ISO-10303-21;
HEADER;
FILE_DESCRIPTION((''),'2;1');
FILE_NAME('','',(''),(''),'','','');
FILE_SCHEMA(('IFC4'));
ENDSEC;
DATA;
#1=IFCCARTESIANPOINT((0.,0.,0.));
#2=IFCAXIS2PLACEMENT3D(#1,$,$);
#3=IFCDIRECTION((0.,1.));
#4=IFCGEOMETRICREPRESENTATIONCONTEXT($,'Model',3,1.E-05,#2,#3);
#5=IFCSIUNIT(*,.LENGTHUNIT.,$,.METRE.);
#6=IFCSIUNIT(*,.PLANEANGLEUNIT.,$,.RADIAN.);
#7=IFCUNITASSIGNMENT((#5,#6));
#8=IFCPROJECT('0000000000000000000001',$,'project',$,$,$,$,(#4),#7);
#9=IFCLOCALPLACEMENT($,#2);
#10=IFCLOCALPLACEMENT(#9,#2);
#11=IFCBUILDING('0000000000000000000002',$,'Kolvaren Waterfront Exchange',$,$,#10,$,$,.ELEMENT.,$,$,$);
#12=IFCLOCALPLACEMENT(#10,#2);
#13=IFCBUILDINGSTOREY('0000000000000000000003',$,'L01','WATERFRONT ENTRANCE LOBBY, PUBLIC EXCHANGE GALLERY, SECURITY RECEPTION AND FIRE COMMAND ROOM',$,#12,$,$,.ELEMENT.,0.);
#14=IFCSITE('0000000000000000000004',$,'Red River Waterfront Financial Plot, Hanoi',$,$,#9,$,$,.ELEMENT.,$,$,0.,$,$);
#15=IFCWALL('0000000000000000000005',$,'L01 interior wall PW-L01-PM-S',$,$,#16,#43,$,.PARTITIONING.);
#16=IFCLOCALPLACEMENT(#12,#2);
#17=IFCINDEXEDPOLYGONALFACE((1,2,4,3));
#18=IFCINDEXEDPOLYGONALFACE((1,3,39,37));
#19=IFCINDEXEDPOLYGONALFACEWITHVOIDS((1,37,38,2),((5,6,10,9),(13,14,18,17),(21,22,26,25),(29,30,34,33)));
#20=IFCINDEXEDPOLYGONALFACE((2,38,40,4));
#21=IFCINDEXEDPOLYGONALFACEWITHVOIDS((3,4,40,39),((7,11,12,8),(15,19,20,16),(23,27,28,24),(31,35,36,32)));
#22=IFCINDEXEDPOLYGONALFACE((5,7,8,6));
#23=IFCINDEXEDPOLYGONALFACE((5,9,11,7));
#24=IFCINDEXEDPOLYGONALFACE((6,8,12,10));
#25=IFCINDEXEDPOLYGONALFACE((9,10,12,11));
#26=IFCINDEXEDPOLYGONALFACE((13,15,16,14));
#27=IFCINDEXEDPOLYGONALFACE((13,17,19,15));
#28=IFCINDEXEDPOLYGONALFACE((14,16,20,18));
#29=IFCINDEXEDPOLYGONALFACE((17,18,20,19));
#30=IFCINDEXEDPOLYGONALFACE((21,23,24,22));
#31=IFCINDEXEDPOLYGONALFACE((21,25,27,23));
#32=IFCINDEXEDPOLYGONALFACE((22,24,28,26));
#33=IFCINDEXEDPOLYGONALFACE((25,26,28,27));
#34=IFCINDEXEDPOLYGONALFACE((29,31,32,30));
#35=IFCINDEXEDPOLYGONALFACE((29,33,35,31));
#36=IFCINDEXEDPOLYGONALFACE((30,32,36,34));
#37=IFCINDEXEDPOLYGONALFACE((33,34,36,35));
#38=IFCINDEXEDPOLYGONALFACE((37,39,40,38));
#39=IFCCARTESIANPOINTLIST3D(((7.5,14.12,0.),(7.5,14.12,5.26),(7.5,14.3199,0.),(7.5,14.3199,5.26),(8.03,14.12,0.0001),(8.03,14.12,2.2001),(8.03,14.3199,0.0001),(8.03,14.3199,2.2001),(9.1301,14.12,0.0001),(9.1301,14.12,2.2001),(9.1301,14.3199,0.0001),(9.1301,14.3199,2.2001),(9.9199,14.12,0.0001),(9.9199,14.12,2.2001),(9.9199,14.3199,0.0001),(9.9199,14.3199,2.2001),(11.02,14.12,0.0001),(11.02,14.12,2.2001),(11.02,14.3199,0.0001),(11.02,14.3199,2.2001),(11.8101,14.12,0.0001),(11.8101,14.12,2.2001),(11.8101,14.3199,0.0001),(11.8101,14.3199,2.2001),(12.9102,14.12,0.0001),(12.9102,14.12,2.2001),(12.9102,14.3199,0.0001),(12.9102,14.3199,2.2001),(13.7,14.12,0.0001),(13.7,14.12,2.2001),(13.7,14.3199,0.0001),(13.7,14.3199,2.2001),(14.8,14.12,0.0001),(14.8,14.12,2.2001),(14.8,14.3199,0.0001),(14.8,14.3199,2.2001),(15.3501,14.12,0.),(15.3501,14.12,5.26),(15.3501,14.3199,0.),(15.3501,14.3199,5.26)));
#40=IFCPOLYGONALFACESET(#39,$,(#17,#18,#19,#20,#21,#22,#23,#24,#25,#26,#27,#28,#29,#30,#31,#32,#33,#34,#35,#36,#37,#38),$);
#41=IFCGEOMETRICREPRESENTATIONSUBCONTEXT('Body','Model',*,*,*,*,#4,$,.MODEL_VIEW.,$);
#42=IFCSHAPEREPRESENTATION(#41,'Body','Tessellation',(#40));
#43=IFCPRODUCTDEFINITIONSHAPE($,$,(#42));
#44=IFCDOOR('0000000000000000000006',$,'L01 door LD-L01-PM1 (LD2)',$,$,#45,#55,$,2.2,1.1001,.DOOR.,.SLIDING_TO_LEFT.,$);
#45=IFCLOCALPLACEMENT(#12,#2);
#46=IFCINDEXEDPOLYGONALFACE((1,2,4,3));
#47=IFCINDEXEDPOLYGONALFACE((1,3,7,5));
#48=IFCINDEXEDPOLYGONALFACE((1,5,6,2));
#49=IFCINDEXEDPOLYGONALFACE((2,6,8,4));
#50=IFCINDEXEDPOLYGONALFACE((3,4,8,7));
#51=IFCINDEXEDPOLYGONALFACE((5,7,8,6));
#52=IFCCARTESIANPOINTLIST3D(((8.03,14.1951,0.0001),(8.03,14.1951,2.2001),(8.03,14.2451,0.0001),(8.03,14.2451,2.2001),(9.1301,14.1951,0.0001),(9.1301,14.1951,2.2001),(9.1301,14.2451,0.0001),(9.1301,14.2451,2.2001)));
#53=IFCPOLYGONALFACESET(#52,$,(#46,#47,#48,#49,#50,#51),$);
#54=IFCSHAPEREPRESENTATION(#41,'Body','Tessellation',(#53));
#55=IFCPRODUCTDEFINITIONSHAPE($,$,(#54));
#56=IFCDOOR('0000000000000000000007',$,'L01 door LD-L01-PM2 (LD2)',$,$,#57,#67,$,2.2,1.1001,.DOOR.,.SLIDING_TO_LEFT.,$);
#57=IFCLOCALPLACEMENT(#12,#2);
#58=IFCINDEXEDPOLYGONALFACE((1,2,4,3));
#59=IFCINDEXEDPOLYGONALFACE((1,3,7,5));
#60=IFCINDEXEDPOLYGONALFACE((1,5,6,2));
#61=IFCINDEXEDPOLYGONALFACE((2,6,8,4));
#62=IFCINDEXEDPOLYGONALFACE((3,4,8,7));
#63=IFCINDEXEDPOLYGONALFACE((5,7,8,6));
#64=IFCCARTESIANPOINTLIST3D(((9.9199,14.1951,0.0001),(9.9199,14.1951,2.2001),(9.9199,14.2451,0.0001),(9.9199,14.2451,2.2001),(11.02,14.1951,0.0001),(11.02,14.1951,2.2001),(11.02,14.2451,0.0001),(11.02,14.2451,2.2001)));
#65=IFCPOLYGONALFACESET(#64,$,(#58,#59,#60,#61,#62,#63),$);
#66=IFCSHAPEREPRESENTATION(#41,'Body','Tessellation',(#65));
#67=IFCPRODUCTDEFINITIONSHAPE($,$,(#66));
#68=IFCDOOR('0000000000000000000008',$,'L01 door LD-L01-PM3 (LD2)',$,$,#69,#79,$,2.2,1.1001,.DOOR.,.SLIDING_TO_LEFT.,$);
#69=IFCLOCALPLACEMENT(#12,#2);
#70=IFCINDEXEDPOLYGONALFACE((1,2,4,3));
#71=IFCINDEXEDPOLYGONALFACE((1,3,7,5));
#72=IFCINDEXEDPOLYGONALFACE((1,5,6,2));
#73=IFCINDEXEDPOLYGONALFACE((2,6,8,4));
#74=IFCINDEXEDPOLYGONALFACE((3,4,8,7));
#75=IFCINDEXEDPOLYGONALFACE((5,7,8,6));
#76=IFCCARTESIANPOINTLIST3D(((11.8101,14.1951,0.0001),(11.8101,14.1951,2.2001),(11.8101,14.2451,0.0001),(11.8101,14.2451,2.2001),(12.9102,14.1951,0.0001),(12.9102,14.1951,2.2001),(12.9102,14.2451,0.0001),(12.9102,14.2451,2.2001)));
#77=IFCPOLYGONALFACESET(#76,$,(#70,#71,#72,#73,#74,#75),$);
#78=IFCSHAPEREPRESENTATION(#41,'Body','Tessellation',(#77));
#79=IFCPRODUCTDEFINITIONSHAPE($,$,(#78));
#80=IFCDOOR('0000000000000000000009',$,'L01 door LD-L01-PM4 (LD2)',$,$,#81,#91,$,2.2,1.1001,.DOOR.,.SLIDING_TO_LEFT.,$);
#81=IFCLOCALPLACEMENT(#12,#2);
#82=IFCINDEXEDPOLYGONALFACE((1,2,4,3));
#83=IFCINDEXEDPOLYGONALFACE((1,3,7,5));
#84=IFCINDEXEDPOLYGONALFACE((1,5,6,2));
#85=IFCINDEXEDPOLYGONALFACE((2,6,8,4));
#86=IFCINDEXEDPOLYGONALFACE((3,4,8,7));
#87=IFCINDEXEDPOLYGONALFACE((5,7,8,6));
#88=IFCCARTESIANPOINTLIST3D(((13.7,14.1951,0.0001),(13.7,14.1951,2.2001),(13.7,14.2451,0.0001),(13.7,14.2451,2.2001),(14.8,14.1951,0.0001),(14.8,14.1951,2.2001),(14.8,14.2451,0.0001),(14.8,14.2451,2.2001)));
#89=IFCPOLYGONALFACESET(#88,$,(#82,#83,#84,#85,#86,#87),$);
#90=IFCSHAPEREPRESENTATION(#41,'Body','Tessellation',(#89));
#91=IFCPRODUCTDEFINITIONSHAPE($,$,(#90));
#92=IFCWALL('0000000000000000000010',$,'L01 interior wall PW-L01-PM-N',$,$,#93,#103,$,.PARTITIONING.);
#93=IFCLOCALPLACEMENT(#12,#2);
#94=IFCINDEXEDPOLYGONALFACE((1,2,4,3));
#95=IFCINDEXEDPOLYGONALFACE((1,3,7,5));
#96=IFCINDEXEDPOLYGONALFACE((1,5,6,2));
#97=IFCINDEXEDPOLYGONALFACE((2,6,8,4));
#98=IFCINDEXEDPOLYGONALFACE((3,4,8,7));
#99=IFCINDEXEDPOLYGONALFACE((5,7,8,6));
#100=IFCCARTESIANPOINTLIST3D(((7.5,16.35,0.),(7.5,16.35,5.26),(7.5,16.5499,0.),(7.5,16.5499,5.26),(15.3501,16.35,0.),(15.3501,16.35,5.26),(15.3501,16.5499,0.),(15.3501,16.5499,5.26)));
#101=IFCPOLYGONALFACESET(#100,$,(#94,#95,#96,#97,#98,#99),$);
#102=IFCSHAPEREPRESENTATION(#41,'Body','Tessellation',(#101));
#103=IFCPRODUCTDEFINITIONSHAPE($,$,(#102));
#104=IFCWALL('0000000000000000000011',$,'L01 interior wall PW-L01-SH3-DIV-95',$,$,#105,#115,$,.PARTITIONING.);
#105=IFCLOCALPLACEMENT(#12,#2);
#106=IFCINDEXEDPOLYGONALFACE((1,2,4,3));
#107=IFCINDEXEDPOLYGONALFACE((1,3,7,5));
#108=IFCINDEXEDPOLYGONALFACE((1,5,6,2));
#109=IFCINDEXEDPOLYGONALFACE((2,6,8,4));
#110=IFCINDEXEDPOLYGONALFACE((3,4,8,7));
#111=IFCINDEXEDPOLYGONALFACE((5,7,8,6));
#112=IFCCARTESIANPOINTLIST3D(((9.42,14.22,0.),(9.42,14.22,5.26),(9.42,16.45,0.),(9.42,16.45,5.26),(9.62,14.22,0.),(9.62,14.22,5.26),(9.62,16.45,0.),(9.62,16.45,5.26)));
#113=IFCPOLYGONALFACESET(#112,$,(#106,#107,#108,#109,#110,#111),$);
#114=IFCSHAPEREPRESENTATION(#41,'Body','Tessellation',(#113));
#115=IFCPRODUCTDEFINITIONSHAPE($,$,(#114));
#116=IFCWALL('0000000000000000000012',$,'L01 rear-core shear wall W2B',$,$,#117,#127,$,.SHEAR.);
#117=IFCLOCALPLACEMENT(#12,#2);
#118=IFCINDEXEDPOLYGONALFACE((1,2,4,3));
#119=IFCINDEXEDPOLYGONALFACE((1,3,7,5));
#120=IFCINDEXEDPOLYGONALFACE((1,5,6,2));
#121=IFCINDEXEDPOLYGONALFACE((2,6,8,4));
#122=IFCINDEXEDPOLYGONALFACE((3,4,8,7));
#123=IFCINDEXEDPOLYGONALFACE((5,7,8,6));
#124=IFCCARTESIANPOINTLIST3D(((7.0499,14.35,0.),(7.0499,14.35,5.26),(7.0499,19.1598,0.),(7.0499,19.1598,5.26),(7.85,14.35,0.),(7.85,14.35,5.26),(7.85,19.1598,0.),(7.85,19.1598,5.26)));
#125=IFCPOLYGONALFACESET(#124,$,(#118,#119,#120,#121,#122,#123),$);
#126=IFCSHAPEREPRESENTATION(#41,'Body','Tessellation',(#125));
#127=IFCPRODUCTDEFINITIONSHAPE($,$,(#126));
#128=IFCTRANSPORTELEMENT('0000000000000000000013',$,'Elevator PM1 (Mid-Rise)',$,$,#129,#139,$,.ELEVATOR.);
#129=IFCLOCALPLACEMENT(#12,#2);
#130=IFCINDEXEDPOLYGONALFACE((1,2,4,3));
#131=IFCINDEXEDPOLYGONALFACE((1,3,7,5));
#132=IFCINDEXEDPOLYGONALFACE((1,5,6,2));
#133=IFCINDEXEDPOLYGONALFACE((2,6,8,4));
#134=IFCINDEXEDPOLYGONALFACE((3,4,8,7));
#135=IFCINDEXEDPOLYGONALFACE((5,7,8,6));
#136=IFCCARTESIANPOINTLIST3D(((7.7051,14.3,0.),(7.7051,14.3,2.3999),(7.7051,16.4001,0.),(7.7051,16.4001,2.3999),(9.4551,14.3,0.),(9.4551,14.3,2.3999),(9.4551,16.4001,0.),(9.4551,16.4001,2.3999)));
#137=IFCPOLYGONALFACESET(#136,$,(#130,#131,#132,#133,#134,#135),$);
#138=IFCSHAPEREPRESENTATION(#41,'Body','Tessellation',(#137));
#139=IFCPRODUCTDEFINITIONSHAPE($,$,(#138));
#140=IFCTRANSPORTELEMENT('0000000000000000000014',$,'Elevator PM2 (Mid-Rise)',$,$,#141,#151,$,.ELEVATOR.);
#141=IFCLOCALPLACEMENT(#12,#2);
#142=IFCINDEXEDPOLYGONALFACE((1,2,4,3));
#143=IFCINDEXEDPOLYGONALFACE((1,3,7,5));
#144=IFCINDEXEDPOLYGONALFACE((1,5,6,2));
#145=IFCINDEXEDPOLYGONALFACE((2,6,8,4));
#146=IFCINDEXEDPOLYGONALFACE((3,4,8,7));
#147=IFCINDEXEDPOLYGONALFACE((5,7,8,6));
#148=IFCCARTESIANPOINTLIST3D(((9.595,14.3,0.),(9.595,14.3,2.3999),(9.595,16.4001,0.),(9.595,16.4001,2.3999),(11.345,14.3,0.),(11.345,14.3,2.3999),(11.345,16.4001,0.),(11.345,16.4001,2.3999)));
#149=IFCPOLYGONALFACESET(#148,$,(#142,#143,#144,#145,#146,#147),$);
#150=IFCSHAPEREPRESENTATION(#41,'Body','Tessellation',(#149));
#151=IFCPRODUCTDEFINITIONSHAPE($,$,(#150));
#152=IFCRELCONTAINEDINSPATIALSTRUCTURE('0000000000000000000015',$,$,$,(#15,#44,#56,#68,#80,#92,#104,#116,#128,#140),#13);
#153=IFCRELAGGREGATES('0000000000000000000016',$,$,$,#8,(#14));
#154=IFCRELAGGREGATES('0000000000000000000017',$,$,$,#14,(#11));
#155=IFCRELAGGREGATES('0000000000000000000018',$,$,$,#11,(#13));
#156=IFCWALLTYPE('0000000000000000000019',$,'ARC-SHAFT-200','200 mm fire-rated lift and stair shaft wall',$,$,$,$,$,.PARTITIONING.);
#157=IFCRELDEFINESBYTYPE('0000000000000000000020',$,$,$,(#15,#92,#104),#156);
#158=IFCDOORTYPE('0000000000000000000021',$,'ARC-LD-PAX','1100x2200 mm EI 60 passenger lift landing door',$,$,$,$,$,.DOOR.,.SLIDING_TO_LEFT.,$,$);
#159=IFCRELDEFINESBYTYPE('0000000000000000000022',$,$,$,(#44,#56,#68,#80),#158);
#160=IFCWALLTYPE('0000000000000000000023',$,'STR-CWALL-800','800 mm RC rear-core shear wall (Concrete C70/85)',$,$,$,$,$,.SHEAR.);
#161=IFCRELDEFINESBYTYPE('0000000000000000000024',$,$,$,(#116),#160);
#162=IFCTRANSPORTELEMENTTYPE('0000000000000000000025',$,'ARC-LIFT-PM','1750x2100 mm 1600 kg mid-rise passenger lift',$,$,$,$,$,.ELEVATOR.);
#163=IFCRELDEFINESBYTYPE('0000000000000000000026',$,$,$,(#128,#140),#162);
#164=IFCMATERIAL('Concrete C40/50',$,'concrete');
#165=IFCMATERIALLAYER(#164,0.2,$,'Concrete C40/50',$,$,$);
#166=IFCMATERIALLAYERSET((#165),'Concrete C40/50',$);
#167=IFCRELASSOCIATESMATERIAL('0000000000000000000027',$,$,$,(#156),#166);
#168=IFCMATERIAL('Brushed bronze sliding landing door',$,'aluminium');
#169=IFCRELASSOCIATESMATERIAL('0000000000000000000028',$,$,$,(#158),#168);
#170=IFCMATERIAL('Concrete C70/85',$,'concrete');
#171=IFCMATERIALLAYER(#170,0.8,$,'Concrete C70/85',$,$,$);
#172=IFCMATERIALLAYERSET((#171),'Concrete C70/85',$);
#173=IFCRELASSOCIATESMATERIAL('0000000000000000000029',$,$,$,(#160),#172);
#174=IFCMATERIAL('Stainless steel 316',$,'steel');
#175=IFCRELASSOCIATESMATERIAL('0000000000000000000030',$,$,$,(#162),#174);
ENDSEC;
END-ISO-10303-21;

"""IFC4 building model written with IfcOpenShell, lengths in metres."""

from ifc_helpers import new_model, si_unit, direction, frame, frame_2d, origin, origin_2d, place, context, subcontext, project, spatial, rectangle, extrude, material, layer, layer_set, type_object, element, fill, save


model = new_model("IFC4")

# Units and contexts
model_context = context("Model", 3, precision=1e-05, world=origin(), true_north=direction((0.0, 1.0)))
body_context = subcontext(model_context, "Body", "Model", "MODEL_VIEW")
ifc_project = project(units=[si_unit("LENGTHUNIT", "METRE"), si_unit("PLANEANGLEUNIT", "RADIAN")], contexts=[model_context])

# Site, building, storey
site_placement = place(None, origin())
site = spatial("IfcSite", under=ifc_project, at=site_placement, Name="Red River Waterfront Financial Plot, Hanoi", CompositionType="ELEMENT", RefElevation=0.0)
building_placement = place(site_placement, origin())
building = spatial("IfcBuilding", under=site, at=building_placement, Name="Kolvaren Waterfront Exchange", CompositionType="ELEMENT")
storey_placement = place(building_placement, origin())
storey = spatial("IfcBuildingStorey", under=building, at=storey_placement, Name="L01", Description="WATERFRONT ENTRANCE LOBBY, PUBLIC EXCHANGE GALLERY, SECURITY RECEPTION AND FIRE COMMAND ROOM", CompositionType="ELEMENT", Elevation=0.0)

# Shared definitions
ifc_material_1 = material(Name="Concrete C70/85", Category="concrete")

# Wall, openings, doors
ifc_material_2 = material(Name="Concrete C40/50", Category="concrete")
ifc_layer_1 = layer(ifc_material_2, 0.2, Name="Concrete C40/50")
ifc_layer_set_1 = layer_set([ifc_layer_1], Name="Concrete C40/50")
wall_type_1 = type_object("IfcWallType", Name="ARC-SHAFT-200", Description="200 mm fire-rated lift and stair shaft wall", PredefinedType="PARTITIONING", material=ifc_layer_set_1)
ifc_material_3 = material(Name="Brushed bronze sliding landing door", Category="aluminium")
door_type_1 = type_object("IfcDoorType", Name="ARC-LD-PAX", Description="1100x2200 mm EI 60 passenger lift landing door", OperationType="SLIDING_TO_LEFT", PredefinedType="DOOR", material=ifc_material_3)
wall_1_placement = place(storey_placement, frame((7.5, 14.22, 0.0), z_axis=(0.0, 0.0, 1.0), x_axis=(1.0, 0.0, 0.0)))
wall_1 = element("IfcWall", 1, at=wall_1_placement, inside=storey, type_object=wall_type_1, Name="L01 interior wall PW-L01-PM-S", PredefinedType="PARTITIONING", context=body_context, shape_type="SweptSolid", body=[
    extrude(rectangle(XDim=7.8501, YDim=0.2, at=frame_2d((3.925, 0.0))), origin(), (0.0, 0.0, 1.0), 5.26),
])
opening_1_placement = place(wall_1_placement, frame((0.53, 0.0, 0.0)))
opening_1 = element("IfcOpeningElement", 2, at=opening_1_placement, cuts=wall_1, PredefinedType="OPENING", context=body_context, shape_type="SweptSolid", body=[
    extrude(rectangle(XDim=1.1001, YDim=2.2, at=frame_2d((0.55, 1.1001))), frame((0.0, 0.1099, 0.0), z_axis=(0.0, -1.0, 0.0), x_axis=(1.0, 0.0, 0.0)), (0.0, 0.0, 1.0), 0.22),
])
opening_2_placement = place(wall_1_placement, frame((2.4199, 0.0, 0.0)))
opening_2 = element("IfcOpeningElement", 3, at=opening_2_placement, cuts=wall_1, PredefinedType="OPENING", context=body_context, shape_type="SweptSolid", body=[
    extrude(rectangle(XDim=1.1001, YDim=2.2, at=frame_2d((0.55, 1.1001))), frame((0.0, 0.1099, 0.0), z_axis=(0.0, -1.0, 0.0), x_axis=(1.0, 0.0, 0.0)), (0.0, 0.0, 1.0), 0.22),
])
opening_3_placement = place(wall_1_placement, frame((4.3101, 0.0, 0.0)))
opening_3 = element("IfcOpeningElement", 4, at=opening_3_placement, cuts=wall_1, PredefinedType="OPENING", context=body_context, shape_type="SweptSolid", body=[
    extrude(rectangle(XDim=1.1001, YDim=2.2, at=frame_2d((0.55, 1.1001))), frame((0.0, 0.1099, 0.0), z_axis=(0.0, -1.0, 0.0), x_axis=(1.0, 0.0, 0.0)), (0.0, 0.0, 1.0), 0.22),
])
opening_4_placement = place(wall_1_placement, frame((6.2, 0.0, 0.0)))
opening_4 = element("IfcOpeningElement", 5, at=opening_4_placement, cuts=wall_1, PredefinedType="OPENING", context=body_context, shape_type="SweptSolid", body=[
    extrude(rectangle(XDim=1.1001, YDim=2.2, at=frame_2d((0.55, 1.1001))), frame((0.0, 0.1099, 0.0), z_axis=(0.0, -1.0, 0.0), x_axis=(1.0, 0.0, 0.0)), (0.0, 0.0, 1.0), 0.22),
])
door_1_placement = place(opening_1_placement, frame((1.1001, 0.0, 0.0), z_axis=(0.0, 0.0, 1.0), x_axis=(-1.0, 0.0, 0.0)))
door_1 = element("IfcDoor", 6, at=door_1_placement, inside=storey, type_object=door_type_1, Name="L01 door LD-L01-PM1 (LD2)", OperationType="SLIDING_TO_LEFT", OverallHeight=2.2, OverallWidth=1.1001, PredefinedType="DOOR", context=body_context, shape_type="SweptSolid", body=[
    extrude(rectangle(XDim=1.1001, YDim=2.2, at=frame_2d((0.55, 1.1001))), frame((0.0, 0.0249, 0.0), z_axis=(0.0, -1.0, 0.0), x_axis=(1.0, 0.0, 0.0)), (0.0, 0.0, 1.0), 0.05),
])
fill(opening_1, door_1)
door_2_placement = place(opening_2_placement, frame((1.1001, 0.0, 0.0), z_axis=(0.0, 0.0, 1.0), x_axis=(-1.0, 0.0, 0.0)))
door_2 = element("IfcDoor", 7, at=door_2_placement, inside=storey, type_object=door_type_1, Name="L01 door LD-L01-PM2 (LD2)", OperationType="SLIDING_TO_LEFT", OverallHeight=2.2, OverallWidth=1.1001, PredefinedType="DOOR", context=body_context, shape_type="SweptSolid", body=[
    extrude(rectangle(XDim=1.1001, YDim=2.2, at=frame_2d((0.55, 1.1001))), frame((0.0, 0.0249, 0.0), z_axis=(0.0, -1.0, 0.0), x_axis=(1.0, 0.0, 0.0)), (0.0, 0.0, 1.0), 0.05),
])
fill(opening_2, door_2)
door_3_placement = place(opening_3_placement, frame((1.1001, 0.0, 0.0), z_axis=(0.0, 0.0, 1.0), x_axis=(-1.0, 0.0, 0.0)))
door_3 = element("IfcDoor", 8, at=door_3_placement, inside=storey, type_object=door_type_1, Name="L01 door LD-L01-PM3 (LD2)", OperationType="SLIDING_TO_LEFT", OverallHeight=2.2, OverallWidth=1.1001, PredefinedType="DOOR", context=body_context, shape_type="SweptSolid", body=[
    extrude(rectangle(XDim=1.1001, YDim=2.2, at=frame_2d((0.55, 1.1001))), frame((0.0, 0.0249, 0.0), z_axis=(0.0, -1.0, 0.0), x_axis=(1.0, 0.0, 0.0)), (0.0, 0.0, 1.0), 0.05),
])
fill(opening_3, door_3)
door_4_placement = place(opening_4_placement, frame((1.1001, 0.0, 0.0), z_axis=(0.0, 0.0, 1.0), x_axis=(-1.0, 0.0, 0.0)))
door_4 = element("IfcDoor", 9, at=door_4_placement, inside=storey, type_object=door_type_1, Name="L01 door LD-L01-PM4 (LD2)", OperationType="SLIDING_TO_LEFT", OverallHeight=2.2, OverallWidth=1.1001, PredefinedType="DOOR", context=body_context, shape_type="SweptSolid", body=[
    extrude(rectangle(XDim=1.1001, YDim=2.2, at=frame_2d((0.55, 1.1001))), frame((0.0, 0.0249, 0.0), z_axis=(0.0, -1.0, 0.0), x_axis=(1.0, 0.0, 0.0)), (0.0, 0.0, 1.0), 0.05),
])
fill(opening_4, door_4)

# Walls
wall_2_placement = place(storey_placement, frame((7.5, 16.45, 0.0), z_axis=(0.0, 0.0, 1.0), x_axis=(1.0, 0.0, 0.0)))
element("IfcWall", 10, at=wall_2_placement, inside=storey, type_object=wall_type_1, Name="L01 interior wall PW-L01-PM-N", PredefinedType="PARTITIONING", context=body_context, shape_type="SweptSolid", body=[
    extrude(rectangle(XDim=7.8501, YDim=0.2, at=frame_2d((3.925, 0.0))), origin(), (0.0, 0.0, 1.0), 5.26),
])
wall_3_placement = place(storey_placement, frame((9.52, 14.22, 0.0), z_axis=(0.0, 0.0, 1.0), x_axis=(0.0, 1.0, 0.0)))
element("IfcWall", 11, at=wall_3_placement, inside=storey, type_object=wall_type_1, Name="L01 interior wall PW-L01-SH3-DIV-95", PredefinedType="PARTITIONING", context=body_context, shape_type="SweptSolid", body=[
    extrude(rectangle(XDim=2.23, YDim=0.2, at=frame_2d((1.115, 0.0))), origin(), (0.0, 0.0, 1.0), 5.26),
])
ifc_layer_2 = layer(ifc_material_1, 0.8, Name="Concrete C70/85")
ifc_layer_set_2 = layer_set([ifc_layer_2], Name="Concrete C70/85")
wall_type_2 = type_object("IfcWallType", Name="STR-CWALL-800", Description="800 mm RC rear-core shear wall (Concrete C70/85)", PredefinedType="SHEAR", material=ifc_layer_set_2)
wall_4_placement = place(storey_placement, frame((7.45, 14.3501, 0.0), z_axis=(0.0, 0.0, 1.0), x_axis=(0.0, 1.0, 0.0)))
element("IfcWall", 12, at=wall_4_placement, inside=storey, type_object=wall_type_2, Name="L01 rear-core shear wall W2B", PredefinedType="SHEAR", context=body_context, shape_type="SweptSolid", body=[
    extrude(rectangle(XDim=4.8098, YDim=0.8, at=frame_2d((2.4048, 0.0))), origin(), (0.0, 0.0, 1.0), 5.26),
])

# Transport elements
ifc_material_4 = material(Name="Stainless steel 316", Category="steel")
transport_element_type = type_object("IfcTransportElementType", Name="ARC-LIFT-PM", Description="1750x2100 mm 1600 kg mid-rise passenger lift", PredefinedType="ELEVATOR", material=ifc_material_4)
for number, where, z_axis, x_axis, name in (
    (13, (8.5801, 15.3501, 0.0), (0.0, 0.0, 1.0), (1.0, 0.0, 0.0), "Elevator PM1 (Mid-Rise)"),
    (14, (10.47, 15.3501, 0.0), (0.0, 0.0, 1.0), (1.0, 0.0, 0.0), "Elevator PM2 (Mid-Rise)"),
):
    element("IfcTransportElement", number, at=place(storey_placement, frame(where, z_axis=z_axis, x_axis=x_axis)), inside=storey, type_object=transport_element_type, Name=name, PredefinedType="ELEVATOR", context=body_context, shape_type="SweptSolid", body=[
        extrude(rectangle(XDim=1.75, YDim=2.1001, at=origin_2d()), origin(), (0.0, 0.0, 1.0), 2.3999),
    ])

save(model, "model.ifc")
